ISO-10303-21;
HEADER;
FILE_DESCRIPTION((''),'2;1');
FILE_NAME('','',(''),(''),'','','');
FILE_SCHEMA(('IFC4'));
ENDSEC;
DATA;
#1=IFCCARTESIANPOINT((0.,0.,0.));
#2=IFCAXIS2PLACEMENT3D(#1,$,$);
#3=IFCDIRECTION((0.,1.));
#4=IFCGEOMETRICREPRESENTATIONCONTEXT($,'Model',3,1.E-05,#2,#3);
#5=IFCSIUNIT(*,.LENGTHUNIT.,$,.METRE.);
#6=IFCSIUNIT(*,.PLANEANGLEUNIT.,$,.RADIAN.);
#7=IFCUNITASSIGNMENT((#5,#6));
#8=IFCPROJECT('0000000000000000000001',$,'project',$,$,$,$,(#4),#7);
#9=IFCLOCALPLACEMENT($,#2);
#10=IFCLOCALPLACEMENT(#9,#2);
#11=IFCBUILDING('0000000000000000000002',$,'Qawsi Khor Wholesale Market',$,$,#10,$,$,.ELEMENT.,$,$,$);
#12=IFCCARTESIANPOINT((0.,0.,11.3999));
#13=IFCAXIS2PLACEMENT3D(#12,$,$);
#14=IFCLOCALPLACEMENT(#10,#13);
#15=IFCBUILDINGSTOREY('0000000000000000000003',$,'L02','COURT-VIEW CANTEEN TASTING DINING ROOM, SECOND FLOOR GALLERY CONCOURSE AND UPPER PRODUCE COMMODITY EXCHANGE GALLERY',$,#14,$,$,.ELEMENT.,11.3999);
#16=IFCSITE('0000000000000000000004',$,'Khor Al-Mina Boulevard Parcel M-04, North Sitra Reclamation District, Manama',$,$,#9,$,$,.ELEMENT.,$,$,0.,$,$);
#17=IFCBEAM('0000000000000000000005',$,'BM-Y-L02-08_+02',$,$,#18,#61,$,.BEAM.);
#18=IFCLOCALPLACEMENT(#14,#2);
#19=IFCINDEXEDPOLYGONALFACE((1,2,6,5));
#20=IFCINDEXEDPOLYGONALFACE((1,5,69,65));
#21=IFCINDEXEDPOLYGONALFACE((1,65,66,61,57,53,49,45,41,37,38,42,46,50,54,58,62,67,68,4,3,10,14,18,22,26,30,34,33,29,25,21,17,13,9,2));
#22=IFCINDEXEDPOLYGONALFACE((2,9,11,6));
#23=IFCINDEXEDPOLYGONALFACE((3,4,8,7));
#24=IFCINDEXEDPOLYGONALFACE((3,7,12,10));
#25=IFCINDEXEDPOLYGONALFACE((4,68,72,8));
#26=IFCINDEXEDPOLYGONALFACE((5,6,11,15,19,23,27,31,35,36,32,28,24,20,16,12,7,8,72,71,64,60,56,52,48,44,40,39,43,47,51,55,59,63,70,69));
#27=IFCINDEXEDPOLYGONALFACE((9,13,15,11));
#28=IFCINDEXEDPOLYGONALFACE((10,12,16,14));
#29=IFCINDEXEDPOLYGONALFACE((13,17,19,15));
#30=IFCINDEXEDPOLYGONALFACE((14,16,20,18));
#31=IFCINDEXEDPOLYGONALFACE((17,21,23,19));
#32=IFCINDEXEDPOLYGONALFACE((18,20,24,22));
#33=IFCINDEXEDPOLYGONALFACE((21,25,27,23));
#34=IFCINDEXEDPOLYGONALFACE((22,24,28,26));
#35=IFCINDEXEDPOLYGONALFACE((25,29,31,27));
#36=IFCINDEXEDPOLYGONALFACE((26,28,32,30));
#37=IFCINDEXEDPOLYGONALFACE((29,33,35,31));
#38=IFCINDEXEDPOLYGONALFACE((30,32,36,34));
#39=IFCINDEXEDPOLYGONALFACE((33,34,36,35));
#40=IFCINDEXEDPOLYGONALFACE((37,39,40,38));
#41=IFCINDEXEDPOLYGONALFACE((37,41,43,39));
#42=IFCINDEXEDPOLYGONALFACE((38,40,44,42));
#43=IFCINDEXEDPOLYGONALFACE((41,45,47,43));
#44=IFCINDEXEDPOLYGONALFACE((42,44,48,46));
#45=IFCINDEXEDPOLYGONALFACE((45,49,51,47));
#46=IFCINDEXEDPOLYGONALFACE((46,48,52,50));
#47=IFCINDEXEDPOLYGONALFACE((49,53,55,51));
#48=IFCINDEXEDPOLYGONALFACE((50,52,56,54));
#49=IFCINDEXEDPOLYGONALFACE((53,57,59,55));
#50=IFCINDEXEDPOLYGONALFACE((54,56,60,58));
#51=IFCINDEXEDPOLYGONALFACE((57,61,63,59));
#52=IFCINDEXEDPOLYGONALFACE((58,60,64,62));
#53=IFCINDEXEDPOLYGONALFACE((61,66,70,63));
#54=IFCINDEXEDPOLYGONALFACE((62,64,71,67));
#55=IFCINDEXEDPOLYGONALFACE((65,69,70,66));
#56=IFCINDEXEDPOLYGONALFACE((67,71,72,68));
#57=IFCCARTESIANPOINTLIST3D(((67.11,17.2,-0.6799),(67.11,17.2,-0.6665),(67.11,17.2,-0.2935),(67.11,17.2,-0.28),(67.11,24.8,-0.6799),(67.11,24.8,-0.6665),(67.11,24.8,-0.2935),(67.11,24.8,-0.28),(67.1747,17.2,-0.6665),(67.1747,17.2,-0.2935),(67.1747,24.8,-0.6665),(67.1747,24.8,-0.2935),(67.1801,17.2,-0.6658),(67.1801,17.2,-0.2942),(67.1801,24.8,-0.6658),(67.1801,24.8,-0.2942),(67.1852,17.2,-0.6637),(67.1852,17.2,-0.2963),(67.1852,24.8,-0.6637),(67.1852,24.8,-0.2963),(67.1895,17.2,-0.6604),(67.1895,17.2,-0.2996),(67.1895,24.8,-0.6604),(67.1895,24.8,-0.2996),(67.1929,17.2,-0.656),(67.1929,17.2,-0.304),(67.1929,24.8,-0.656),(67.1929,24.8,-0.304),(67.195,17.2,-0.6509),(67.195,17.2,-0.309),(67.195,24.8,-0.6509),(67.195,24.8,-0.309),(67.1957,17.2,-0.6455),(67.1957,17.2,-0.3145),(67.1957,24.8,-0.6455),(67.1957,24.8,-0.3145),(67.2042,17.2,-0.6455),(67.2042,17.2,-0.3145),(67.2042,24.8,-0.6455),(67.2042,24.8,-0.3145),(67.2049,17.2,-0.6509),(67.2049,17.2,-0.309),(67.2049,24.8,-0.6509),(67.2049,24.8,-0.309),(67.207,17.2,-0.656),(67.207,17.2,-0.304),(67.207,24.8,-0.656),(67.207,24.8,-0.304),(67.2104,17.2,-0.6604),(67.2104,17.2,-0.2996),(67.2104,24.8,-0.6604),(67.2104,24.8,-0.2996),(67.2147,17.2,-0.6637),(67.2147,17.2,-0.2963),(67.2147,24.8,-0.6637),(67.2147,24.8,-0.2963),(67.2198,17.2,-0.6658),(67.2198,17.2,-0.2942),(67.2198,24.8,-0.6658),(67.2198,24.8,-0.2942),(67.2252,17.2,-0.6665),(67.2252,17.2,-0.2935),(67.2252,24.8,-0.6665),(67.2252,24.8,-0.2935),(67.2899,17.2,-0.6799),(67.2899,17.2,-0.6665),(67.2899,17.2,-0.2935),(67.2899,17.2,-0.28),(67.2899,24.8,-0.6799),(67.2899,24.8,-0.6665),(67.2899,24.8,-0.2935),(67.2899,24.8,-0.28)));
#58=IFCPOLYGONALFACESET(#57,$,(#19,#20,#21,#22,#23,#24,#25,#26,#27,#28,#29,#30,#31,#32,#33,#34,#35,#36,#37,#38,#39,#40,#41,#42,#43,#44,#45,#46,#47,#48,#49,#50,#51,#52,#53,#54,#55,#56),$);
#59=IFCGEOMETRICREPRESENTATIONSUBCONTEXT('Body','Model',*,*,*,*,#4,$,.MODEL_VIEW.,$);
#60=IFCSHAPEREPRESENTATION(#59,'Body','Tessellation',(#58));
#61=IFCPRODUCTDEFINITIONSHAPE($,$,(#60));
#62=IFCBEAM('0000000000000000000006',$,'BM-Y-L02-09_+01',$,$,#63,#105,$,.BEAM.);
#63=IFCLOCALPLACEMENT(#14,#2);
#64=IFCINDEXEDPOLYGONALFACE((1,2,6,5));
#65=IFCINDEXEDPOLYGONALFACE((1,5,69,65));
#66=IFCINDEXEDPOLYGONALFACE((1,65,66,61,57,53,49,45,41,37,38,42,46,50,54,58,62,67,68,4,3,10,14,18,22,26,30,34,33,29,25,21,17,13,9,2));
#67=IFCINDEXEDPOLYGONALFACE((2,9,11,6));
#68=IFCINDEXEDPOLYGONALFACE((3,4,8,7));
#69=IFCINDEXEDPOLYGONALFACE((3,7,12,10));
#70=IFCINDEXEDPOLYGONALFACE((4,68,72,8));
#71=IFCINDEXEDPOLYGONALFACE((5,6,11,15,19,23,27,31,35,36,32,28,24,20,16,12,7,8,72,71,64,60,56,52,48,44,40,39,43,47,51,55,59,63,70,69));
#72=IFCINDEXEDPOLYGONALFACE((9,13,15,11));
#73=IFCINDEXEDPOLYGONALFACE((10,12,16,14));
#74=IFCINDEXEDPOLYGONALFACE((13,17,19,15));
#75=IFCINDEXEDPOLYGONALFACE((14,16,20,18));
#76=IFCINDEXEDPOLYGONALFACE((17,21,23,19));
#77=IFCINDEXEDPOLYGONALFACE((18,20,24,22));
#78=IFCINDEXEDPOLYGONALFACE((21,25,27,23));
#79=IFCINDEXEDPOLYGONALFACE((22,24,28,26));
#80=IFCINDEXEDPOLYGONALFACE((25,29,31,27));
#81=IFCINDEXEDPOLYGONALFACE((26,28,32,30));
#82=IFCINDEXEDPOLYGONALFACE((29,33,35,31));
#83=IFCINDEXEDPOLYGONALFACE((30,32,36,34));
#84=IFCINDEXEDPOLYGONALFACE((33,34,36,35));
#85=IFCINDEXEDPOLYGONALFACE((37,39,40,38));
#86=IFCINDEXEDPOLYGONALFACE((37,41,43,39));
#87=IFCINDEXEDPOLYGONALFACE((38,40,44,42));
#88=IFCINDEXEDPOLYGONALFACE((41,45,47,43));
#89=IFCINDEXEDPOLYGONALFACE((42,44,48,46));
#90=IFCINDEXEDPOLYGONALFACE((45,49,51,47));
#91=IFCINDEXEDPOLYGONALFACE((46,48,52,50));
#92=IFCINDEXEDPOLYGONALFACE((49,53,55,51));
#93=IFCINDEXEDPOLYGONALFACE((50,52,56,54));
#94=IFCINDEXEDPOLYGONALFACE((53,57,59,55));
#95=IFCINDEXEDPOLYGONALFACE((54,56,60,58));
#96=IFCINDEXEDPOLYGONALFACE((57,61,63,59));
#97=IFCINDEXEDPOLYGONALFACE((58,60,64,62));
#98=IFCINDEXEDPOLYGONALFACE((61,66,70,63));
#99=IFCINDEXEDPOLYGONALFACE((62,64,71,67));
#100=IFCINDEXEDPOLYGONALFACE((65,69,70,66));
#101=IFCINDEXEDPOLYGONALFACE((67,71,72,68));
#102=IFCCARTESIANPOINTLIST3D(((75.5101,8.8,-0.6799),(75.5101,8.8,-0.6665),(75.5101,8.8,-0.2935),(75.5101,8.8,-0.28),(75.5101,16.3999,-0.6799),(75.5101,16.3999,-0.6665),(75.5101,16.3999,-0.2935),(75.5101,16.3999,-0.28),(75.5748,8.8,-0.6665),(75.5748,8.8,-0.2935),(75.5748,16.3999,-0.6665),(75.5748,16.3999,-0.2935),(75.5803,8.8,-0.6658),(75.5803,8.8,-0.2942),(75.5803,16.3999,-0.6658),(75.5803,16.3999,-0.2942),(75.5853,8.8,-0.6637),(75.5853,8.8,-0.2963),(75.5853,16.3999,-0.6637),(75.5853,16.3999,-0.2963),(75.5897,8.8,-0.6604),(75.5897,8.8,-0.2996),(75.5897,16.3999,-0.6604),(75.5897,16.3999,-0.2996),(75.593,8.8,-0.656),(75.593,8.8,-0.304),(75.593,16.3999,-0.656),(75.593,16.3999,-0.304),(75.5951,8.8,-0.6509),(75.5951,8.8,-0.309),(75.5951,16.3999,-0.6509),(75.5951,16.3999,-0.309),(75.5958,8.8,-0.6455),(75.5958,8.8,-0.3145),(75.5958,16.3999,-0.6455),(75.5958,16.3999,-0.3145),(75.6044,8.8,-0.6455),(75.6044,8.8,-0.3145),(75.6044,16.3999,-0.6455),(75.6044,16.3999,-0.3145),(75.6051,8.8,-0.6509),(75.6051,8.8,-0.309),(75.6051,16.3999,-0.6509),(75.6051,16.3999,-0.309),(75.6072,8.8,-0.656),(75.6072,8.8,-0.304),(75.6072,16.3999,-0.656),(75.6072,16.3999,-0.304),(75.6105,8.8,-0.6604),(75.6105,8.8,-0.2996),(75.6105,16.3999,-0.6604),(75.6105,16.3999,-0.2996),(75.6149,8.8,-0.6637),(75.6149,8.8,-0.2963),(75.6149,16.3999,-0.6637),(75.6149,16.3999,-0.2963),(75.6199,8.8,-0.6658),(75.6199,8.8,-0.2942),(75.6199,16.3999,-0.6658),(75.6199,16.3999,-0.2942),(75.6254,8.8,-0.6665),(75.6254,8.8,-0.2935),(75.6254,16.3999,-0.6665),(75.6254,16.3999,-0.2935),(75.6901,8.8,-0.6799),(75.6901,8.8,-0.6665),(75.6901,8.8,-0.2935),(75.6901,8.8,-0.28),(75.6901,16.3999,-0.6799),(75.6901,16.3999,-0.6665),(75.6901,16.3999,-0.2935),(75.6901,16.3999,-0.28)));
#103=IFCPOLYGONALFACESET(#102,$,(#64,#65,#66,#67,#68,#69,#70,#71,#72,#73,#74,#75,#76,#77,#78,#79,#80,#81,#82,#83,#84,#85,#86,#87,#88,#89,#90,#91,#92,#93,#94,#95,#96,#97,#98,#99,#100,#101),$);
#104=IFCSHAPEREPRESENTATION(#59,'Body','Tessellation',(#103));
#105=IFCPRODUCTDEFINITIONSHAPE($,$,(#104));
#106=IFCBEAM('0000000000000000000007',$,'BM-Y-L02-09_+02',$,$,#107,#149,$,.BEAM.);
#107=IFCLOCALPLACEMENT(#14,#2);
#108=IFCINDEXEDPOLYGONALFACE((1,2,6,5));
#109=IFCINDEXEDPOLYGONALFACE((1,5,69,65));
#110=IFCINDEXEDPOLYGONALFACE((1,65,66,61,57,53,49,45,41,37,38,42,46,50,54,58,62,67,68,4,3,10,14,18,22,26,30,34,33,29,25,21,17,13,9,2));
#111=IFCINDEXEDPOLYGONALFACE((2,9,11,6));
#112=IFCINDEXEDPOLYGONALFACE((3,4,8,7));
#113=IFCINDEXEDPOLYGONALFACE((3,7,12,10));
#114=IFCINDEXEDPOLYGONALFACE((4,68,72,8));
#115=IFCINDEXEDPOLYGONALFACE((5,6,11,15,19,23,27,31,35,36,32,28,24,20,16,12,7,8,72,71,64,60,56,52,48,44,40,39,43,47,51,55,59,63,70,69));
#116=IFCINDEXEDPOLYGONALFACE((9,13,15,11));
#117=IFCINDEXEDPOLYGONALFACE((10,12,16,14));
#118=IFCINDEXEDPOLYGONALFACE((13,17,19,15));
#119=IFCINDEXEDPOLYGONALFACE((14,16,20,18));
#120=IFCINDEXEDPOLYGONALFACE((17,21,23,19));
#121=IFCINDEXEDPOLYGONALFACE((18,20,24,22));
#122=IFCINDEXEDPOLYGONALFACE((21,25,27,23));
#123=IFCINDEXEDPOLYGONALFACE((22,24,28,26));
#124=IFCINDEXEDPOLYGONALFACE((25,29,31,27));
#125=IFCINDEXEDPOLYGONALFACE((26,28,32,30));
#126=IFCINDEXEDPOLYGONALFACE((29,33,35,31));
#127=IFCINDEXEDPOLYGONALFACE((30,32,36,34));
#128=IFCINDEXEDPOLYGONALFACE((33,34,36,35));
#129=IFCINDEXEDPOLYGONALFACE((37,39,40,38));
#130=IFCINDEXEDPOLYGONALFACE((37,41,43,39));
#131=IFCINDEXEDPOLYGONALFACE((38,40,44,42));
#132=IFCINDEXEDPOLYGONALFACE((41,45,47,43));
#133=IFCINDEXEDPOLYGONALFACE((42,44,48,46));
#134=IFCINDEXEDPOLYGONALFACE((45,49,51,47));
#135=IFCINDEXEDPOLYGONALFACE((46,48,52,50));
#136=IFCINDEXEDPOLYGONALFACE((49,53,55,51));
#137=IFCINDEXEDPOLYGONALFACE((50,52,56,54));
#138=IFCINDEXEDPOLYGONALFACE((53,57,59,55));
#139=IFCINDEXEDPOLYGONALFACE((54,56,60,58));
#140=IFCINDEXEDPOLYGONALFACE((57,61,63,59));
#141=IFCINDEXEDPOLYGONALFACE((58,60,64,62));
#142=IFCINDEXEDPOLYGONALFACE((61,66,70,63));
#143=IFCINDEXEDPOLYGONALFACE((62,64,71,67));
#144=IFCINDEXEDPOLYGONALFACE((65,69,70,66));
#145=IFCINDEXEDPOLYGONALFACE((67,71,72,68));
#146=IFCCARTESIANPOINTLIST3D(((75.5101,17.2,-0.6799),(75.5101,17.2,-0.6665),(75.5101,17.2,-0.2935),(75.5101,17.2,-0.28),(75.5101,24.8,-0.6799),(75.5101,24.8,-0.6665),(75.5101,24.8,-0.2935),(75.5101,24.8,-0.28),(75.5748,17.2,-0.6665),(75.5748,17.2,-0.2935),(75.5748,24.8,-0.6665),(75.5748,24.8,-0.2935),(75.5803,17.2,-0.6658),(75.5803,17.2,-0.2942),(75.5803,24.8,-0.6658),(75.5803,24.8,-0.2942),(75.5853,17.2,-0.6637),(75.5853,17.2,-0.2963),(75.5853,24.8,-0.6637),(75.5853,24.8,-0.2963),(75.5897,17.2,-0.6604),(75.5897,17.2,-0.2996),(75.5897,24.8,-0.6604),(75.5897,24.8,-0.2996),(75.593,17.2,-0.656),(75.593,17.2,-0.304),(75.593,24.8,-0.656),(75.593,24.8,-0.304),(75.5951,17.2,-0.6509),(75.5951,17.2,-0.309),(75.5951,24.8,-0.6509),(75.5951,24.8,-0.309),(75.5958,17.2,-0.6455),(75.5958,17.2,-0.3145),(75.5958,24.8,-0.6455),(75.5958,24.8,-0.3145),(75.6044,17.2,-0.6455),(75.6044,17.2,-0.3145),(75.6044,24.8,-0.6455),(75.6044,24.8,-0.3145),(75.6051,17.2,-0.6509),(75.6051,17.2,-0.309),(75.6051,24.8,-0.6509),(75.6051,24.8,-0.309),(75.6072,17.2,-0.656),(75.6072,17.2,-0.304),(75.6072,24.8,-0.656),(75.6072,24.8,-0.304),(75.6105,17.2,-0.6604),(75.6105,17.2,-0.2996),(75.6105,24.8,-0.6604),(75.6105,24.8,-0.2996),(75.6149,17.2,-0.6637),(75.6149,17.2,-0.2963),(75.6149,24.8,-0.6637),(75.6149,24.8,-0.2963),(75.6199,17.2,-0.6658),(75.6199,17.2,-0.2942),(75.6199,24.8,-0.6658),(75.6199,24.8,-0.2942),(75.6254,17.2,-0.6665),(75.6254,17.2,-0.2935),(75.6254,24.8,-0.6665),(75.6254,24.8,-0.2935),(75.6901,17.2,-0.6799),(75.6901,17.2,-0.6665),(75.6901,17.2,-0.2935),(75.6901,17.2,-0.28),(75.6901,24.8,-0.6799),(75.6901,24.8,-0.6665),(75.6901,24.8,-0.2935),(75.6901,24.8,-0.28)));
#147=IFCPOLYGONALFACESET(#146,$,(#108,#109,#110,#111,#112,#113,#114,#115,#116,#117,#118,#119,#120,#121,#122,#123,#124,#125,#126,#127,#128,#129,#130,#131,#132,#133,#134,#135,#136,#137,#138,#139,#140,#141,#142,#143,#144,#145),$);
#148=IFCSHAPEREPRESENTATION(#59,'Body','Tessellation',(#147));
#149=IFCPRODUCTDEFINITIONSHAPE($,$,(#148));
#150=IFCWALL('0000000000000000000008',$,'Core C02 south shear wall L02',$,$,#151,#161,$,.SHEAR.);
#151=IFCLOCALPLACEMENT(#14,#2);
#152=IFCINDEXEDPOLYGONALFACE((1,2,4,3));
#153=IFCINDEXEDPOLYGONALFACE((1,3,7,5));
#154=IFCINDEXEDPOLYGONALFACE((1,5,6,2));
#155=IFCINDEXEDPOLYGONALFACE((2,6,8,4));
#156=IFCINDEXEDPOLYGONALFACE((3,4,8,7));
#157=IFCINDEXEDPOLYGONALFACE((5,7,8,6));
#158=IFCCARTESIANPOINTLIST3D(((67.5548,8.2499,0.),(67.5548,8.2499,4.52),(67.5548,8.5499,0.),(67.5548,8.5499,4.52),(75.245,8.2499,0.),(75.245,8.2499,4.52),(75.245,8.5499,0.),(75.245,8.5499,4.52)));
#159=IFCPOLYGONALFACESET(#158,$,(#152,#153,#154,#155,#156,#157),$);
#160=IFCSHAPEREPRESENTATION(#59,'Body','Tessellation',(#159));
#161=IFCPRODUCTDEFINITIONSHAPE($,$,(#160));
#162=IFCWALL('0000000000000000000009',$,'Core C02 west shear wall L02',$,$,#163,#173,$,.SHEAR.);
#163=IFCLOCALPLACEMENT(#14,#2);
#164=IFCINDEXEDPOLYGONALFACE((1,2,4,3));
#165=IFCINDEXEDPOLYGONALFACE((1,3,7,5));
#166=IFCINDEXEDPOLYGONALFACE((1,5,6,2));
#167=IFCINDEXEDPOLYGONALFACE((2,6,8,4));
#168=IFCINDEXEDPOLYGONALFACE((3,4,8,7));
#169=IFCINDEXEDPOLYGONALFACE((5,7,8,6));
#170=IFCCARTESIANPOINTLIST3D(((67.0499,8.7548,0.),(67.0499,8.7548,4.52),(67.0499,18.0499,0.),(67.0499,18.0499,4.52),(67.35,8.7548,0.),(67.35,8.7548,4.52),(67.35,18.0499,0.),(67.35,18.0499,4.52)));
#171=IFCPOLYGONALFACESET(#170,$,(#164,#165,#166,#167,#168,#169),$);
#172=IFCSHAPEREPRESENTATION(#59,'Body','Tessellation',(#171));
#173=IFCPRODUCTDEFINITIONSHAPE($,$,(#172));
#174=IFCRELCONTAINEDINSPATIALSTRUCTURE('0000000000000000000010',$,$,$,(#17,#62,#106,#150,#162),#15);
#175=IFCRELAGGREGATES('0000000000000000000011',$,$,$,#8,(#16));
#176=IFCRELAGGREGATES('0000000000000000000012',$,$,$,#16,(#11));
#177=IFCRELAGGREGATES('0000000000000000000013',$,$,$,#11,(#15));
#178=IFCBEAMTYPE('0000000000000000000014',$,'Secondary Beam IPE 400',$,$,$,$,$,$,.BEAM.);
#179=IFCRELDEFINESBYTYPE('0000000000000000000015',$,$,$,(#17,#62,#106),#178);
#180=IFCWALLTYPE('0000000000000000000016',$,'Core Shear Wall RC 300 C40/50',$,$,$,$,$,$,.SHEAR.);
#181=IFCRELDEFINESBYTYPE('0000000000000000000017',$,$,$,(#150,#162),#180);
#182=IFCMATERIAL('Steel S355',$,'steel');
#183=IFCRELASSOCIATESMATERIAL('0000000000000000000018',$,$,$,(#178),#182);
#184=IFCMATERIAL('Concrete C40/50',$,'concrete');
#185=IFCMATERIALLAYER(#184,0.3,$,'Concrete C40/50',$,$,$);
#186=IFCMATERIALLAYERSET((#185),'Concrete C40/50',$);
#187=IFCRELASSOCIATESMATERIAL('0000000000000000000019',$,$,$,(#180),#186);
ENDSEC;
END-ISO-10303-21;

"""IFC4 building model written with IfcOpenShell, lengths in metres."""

from ifc_helpers import new_model, si_unit, direction, frame, frame_2d, origin, origin_2d, place, context, subcontext, project, spatial, rectangle, i_section, extrude, material, layer, layer_set, material_profile, profile_set, type_object, element, save


model = new_model("IFC4")

# Units and contexts
model_context = context("Model", 3, precision=1e-05, world=origin(), true_north=direction((0.0, 1.0)))
body_context = subcontext(model_context, "Body", "Model", "MODEL_VIEW")
ifc_project = project(units=[si_unit("LENGTHUNIT", "METRE"), si_unit("PLANEANGLEUNIT", "RADIAN")], contexts=[model_context])

# Site, building, storey
site_placement = place(None, origin())
site = spatial("IfcSite", under=ifc_project, at=site_placement, Name="Khor Al-Mina Boulevard Parcel M-04, North Sitra Reclamation District, Manama", CompositionType="ELEMENT", RefElevation=0.0)
building_placement = place(site_placement, origin())
building = spatial("IfcBuilding", under=site, at=building_placement, Name="Qawsi Khor Wholesale Market", CompositionType="ELEMENT")
storey_placement = place(building_placement, frame((0.0, 0.0, 11.3999)))
storey = spatial("IfcBuildingStorey", under=building, at=storey_placement, Name="L02", Description="COURT-VIEW CANTEEN TASTING DINING ROOM, SECOND FLOOR GALLERY CONCOURSE AND UPPER PRODUCE COMMODITY EXCHANGE GALLERY", CompositionType="ELEMENT", Elevation=11.3999)

# Shared definitions
ifc_material_1 = material(Name="Concrete C40/50", Category="concrete")

# Beams
ifc_material_2 = material(Name="Steel S355", Category="steel")
ifc_material_profile_1 = material_profile(ifc_material_2, i_section(OverallWidth=0.1799, OverallDepth=0.3999, WebThickness=0.0085, FlangeThickness=0.0134, FilletRadius=0.021, at=origin_2d()), Name="IPE 400")
ifc_profile_set_1 = profile_set([ifc_material_profile_1], Name="Steel S355")
beam_type_1 = type_object("IfcBeamType", Name="Secondary Beam IPE 400", PredefinedType="BEAM", material=ifc_profile_set_1)
beam_1_placement = place(storey_placement, frame((67.2, 17.2, -0.48), z_axis=(0.0, 1.0, 0.0), x_axis=(-1.0, 0.0, 0.0)))
element("IfcBeam", 1, at=beam_1_placement, inside=storey, type_object=beam_type_1, Name="BM-Y-L02-08_+02", PredefinedType="BEAM", context=body_context, shape_type="SweptSolid", body=[
    extrude(i_section(OverallWidth=0.1799, OverallDepth=0.3999, WebThickness=0.0085, FlangeThickness=0.0134, FilletRadius=0.021, at=origin_2d()), origin(), (0.0, 0.0, 1.0), 7.6001),
])
beam_2_placement = place(storey_placement, frame((75.6001, 8.8, -0.48), z_axis=(0.0, 1.0, 0.0), x_axis=(-1.0, 0.0, 0.0)))
element("IfcBeam", 2, at=beam_2_placement, inside=storey, type_object=beam_type_1, Name="BM-Y-L02-09_+01", PredefinedType="BEAM", context=body_context, shape_type="SweptSolid", body=[
    extrude(i_section(OverallWidth=0.1799, OverallDepth=0.3999, WebThickness=0.0085, FlangeThickness=0.0134, FilletRadius=0.021, at=origin_2d()), origin(), (0.0, 0.0, 1.0), 7.5999),
])
beam_3_placement = place(storey_placement, frame((75.6001, 17.2, -0.48), z_axis=(0.0, 1.0, 0.0), x_axis=(-1.0, 0.0, 0.0)))
element("IfcBeam", 3, at=beam_3_placement, inside=storey, type_object=beam_type_1, Name="BM-Y-L02-09_+02", PredefinedType="BEAM", context=body_context, shape_type="SweptSolid", body=[
    extrude(i_section(OverallWidth=0.1799, OverallDepth=0.3999, WebThickness=0.0085, FlangeThickness=0.0134, FilletRadius=0.021, at=origin_2d()), origin(), (0.0, 0.0, 1.0), 7.6001),
])

# Walls
ifc_layer_1 = layer(ifc_material_1, 0.3, Name="Concrete C40/50")
ifc_layer_set_1 = layer_set([ifc_layer_1], Name="Concrete C40/50")
wall_type_1 = type_object("IfcWallType", Name="Core Shear Wall RC 300 C40/50", PredefinedType="SHEAR", material=ifc_layer_set_1)
wall_1_placement = place(storey_placement, frame((75.2451, 8.3999, 0.0), z_axis=(0.0, 0.0, 1.0), x_axis=(-1.0, 0.0, 0.0)))
element("IfcWall", 4, at=wall_1_placement, inside=storey, type_object=wall_type_1, Name="Core C02 south shear wall L02", PredefinedType="SHEAR", context=body_context, shape_type="SweptSolid", body=[
    extrude(rectangle(XDim=7.6902, YDim=0.3, at=frame_2d((3.8452, 0.0))), origin(), (0.0, 0.0, 1.0), 4.52),
])
wall_2_placement = place(storey_placement, frame((67.2, 8.7549, 0.0), z_axis=(0.0, 0.0, 1.0), x_axis=(0.0, 1.0, 0.0)))
element("IfcWall", 5, at=wall_2_placement, inside=storey, type_object=wall_type_1, Name="Core C02 west shear wall L02", PredefinedType="SHEAR", context=body_context, shape_type="SweptSolid", body=[
    extrude(rectangle(XDim=9.2952, YDim=0.3, at=frame_2d((4.6475, 0.0))), origin(), (0.0, 0.0, 1.0), 4.52),
])

save(model, "model.ifc")
